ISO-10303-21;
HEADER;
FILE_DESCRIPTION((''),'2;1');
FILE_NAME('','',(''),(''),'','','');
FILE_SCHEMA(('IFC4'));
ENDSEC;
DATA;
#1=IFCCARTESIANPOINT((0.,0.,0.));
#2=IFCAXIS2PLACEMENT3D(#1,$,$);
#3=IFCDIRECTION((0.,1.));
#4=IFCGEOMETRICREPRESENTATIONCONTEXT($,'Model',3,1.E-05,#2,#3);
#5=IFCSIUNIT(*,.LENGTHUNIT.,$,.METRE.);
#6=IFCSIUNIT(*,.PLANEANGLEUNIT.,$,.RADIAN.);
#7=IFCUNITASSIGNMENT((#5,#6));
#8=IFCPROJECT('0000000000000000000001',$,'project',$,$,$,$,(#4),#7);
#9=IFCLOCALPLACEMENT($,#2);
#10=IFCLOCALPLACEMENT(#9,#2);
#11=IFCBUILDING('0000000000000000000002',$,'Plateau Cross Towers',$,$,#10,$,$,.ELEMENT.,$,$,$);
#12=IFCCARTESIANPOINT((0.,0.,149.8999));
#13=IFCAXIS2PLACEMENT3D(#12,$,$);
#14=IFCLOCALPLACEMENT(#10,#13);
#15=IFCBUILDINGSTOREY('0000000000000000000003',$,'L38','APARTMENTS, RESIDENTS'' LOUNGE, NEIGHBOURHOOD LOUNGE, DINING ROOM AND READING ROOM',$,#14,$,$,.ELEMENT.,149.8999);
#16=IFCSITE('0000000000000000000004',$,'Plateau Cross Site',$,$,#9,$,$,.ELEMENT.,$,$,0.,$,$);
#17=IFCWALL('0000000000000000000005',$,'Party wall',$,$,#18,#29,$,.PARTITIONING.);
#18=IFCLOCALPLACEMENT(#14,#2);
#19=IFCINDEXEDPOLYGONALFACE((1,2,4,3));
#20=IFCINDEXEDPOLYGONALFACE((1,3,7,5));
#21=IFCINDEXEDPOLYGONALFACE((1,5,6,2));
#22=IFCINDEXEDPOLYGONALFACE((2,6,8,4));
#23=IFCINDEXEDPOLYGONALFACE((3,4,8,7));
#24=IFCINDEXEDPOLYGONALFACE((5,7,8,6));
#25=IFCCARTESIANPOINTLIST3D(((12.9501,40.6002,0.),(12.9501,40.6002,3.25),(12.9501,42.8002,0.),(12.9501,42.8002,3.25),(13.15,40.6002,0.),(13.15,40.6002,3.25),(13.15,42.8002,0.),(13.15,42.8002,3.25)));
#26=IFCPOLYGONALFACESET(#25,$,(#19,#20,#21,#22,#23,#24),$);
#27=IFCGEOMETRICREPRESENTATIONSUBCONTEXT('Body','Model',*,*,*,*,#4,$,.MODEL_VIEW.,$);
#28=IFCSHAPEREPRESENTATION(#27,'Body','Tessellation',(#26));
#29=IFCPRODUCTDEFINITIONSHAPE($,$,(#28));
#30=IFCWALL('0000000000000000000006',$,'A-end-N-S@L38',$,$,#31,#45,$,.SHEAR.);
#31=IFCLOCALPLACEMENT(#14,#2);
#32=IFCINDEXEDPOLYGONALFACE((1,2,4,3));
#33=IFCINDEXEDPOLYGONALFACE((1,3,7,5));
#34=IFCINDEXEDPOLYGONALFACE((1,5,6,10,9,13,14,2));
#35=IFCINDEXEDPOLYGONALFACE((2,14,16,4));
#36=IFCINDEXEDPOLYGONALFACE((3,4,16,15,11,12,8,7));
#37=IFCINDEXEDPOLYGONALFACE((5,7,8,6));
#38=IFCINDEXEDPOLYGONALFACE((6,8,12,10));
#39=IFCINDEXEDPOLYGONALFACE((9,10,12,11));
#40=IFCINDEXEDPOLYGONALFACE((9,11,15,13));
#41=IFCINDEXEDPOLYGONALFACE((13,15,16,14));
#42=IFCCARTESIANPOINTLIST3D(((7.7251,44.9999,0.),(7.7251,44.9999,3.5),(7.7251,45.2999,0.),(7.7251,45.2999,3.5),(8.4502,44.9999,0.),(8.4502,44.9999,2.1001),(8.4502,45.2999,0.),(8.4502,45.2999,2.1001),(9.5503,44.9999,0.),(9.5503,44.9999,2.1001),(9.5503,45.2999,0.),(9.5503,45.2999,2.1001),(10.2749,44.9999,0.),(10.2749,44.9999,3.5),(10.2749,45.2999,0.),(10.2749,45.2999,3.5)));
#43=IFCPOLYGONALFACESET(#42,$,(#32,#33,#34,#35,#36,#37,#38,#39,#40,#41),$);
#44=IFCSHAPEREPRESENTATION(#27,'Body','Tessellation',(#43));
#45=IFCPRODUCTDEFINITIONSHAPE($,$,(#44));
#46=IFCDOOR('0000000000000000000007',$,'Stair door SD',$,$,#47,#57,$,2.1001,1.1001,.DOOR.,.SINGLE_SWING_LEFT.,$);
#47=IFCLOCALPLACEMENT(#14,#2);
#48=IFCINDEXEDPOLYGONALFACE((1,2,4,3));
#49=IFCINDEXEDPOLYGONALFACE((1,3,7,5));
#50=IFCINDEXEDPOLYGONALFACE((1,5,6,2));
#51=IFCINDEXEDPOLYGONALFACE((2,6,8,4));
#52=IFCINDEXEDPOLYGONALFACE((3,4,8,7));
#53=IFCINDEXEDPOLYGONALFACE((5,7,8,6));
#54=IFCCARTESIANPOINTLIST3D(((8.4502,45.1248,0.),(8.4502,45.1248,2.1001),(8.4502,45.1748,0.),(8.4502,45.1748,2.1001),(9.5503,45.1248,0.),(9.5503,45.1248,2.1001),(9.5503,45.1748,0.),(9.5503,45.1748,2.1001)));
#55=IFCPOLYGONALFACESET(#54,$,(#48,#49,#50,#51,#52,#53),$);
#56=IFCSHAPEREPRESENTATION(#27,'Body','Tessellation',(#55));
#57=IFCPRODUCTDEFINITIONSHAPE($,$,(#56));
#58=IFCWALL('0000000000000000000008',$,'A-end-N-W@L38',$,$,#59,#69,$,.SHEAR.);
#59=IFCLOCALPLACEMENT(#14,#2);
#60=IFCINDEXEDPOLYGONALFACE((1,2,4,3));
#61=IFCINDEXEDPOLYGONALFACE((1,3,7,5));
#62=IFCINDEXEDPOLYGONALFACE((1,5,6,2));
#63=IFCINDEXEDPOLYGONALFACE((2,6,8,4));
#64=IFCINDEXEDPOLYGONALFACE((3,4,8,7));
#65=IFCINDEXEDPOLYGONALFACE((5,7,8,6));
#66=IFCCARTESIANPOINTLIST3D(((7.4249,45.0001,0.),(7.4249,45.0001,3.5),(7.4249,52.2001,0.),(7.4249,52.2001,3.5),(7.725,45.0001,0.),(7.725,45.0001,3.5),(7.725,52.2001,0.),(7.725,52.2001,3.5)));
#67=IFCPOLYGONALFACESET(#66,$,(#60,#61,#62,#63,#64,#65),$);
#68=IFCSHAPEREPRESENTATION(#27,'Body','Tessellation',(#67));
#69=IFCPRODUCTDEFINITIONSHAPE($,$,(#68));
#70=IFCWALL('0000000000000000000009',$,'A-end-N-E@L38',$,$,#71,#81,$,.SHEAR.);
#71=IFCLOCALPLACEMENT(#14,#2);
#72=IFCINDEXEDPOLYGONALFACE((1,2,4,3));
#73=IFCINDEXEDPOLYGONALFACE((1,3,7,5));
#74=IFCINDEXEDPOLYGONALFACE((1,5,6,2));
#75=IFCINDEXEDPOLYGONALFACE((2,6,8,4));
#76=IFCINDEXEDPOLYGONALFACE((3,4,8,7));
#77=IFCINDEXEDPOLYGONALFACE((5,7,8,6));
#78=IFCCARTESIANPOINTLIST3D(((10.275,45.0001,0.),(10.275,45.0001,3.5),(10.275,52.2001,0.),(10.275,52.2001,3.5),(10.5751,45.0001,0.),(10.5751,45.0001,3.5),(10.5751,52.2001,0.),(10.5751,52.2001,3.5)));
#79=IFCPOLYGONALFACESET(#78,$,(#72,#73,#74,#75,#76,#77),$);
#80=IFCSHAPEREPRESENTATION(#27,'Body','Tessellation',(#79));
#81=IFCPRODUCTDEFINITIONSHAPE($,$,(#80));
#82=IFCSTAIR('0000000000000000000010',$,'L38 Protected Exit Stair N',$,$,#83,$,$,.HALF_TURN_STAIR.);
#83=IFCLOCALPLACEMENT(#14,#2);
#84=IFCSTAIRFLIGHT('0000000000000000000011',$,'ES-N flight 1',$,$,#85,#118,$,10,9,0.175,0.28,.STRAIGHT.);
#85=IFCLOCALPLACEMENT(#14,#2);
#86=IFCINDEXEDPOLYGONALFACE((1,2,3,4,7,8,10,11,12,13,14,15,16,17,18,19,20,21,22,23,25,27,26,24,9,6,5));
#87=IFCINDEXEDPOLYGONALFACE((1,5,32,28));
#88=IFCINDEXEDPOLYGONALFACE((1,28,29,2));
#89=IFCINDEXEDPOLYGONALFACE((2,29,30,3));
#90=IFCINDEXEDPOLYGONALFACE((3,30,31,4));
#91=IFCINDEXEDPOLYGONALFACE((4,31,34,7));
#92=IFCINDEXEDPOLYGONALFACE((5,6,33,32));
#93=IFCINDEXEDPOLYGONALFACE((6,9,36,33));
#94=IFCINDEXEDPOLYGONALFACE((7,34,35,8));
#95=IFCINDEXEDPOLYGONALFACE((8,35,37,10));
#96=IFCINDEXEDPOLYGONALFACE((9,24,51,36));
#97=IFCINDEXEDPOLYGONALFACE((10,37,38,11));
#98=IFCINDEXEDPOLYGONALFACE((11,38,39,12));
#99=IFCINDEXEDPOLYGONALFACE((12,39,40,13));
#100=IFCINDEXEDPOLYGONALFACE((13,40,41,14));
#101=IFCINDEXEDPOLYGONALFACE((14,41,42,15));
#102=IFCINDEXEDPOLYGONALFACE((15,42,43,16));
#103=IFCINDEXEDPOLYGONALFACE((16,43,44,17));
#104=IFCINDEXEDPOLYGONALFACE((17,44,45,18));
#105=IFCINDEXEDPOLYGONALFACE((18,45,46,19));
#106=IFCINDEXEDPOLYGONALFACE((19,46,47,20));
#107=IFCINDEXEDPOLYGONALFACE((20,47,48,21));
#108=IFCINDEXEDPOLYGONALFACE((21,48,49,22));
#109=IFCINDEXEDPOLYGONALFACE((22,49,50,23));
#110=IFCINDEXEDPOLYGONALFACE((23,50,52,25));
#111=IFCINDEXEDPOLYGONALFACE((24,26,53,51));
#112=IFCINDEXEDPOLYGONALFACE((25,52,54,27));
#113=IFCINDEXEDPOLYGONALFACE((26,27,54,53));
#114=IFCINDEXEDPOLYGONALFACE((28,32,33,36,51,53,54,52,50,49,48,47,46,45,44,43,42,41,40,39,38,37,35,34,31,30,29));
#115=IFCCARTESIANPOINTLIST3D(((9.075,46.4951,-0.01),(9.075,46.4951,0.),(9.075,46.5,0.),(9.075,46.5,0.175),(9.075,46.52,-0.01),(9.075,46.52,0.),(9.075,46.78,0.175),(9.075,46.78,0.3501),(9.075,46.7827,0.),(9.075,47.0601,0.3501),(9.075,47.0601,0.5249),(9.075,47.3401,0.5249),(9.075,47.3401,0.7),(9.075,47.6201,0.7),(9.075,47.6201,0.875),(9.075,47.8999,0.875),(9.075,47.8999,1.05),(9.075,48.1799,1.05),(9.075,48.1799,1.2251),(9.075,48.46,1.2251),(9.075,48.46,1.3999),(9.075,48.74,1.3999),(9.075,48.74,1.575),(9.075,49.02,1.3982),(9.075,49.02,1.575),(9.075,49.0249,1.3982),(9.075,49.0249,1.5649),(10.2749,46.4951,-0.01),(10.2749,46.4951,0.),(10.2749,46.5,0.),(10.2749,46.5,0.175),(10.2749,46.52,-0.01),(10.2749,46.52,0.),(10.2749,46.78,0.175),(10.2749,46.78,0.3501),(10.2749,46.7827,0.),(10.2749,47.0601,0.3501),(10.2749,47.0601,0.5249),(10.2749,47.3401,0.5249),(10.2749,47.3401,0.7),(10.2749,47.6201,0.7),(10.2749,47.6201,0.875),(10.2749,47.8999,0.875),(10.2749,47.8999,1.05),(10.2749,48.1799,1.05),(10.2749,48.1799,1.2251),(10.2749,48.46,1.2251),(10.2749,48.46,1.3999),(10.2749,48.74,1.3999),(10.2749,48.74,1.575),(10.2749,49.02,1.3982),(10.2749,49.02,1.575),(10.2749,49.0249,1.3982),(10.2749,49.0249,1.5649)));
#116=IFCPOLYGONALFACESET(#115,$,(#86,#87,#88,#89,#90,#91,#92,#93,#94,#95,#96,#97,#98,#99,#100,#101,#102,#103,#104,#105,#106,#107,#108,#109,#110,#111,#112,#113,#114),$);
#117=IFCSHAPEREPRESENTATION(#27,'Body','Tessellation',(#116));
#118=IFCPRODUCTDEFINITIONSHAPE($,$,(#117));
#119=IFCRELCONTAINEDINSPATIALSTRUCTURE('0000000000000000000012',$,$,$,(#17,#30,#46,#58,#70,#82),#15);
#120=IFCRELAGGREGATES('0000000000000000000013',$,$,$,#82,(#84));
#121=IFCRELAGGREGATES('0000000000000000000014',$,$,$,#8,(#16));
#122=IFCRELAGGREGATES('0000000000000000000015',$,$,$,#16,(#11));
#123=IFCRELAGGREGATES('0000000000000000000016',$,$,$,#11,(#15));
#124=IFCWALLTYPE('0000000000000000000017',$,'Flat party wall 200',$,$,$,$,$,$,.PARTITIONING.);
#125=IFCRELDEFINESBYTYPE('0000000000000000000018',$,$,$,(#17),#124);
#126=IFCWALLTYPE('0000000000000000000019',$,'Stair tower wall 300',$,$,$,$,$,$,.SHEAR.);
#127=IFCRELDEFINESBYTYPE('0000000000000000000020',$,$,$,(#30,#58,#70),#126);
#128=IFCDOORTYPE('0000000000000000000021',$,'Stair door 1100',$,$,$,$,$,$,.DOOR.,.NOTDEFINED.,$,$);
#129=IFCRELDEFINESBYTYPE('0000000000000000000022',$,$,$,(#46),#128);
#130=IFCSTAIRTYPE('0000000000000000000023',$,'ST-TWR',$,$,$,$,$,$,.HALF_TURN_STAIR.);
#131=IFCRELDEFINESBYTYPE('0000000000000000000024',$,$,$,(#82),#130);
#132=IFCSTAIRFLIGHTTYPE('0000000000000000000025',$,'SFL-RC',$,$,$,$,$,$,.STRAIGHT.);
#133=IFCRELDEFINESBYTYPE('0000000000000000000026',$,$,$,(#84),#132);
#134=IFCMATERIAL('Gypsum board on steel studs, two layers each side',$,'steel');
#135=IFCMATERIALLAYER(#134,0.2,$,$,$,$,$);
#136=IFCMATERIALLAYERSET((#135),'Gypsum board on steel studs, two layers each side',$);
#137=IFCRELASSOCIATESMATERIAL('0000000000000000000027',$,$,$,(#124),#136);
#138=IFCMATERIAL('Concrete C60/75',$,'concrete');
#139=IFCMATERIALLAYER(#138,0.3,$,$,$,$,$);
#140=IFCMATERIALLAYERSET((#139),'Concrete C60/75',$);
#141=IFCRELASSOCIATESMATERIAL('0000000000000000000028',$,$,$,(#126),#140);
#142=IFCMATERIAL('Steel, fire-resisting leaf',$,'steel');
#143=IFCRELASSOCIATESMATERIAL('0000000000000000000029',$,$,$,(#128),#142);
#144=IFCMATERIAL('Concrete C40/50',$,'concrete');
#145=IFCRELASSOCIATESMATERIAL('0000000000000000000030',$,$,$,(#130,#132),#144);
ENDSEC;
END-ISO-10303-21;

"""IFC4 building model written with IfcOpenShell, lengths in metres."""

from ifc_helpers import new_model, si_unit, direction, frame, frame_2d, origin, place, context, subcontext, project, spatial, polyline, rectangle, outline, extrude, material, layer, layer_set, type_object, element, fill, aggregate, save


model = new_model("IFC4")

# Units and contexts
model_context = context("Model", 3, precision=1e-05, world=origin(), true_north=direction((0.0, 1.0)))
body_context = subcontext(model_context, "Body", "Model", "MODEL_VIEW")
ifc_project = project(units=[si_unit("LENGTHUNIT", "METRE"), si_unit("PLANEANGLEUNIT", "RADIAN")], contexts=[model_context])

# Site, building, storey
site_placement = place(None, origin())
site = spatial("IfcSite", under=ifc_project, at=site_placement, Name="Plateau Cross Site", CompositionType="ELEMENT", RefElevation=0.0)
building_placement = place(site_placement, origin())
building = spatial("IfcBuilding", under=site, at=building_placement, Name="Plateau Cross Towers", CompositionType="ELEMENT")
storey_placement = place(building_placement, frame((0.0, 0.0, 149.8999)))
storey = spatial("IfcBuildingStorey", under=building, at=storey_placement, Name="L38", Description="APARTMENTS, RESIDENTS' LOUNGE, NEIGHBOURHOOD LOUNGE, DINING ROOM AND READING ROOM", CompositionType="ELEMENT", Elevation=149.8999)

# Wall
ifc_material_1 = material(Name="Gypsum board on steel studs, two layers each side", Category="steel")
ifc_layer_1 = layer(ifc_material_1, 0.2)
ifc_layer_set_1 = layer_set([ifc_layer_1], Name="Gypsum board on steel studs, two layers each side")
wall_type_1 = type_object("IfcWallType", Name="Flat party wall 200", PredefinedType="PARTITIONING", material=ifc_layer_set_1)
wall_1_placement = place(storey_placement, frame((13.05, 40.6001, 0.0), z_axis=(0.0, 0.0, 1.0), x_axis=(0.0, 1.0, 0.0)))
element("IfcWall", 1, at=wall_1_placement, inside=storey, type_object=wall_type_1, Name="Party wall", PredefinedType="PARTITIONING", context=body_context, shape_type="SweptSolid", body=[
    extrude(rectangle(XDim=2.2, YDim=0.2, at=frame_2d((1.1001, 0.0))), origin(), (0.0, 0.0, 1.0), 3.25),
])

# Wall, opening, door
ifc_material_2 = material(Name="Concrete C60/75", Category="concrete")
ifc_layer_2 = layer(ifc_material_2, 0.3)
ifc_layer_set_2 = layer_set([ifc_layer_2], Name="Concrete C60/75")
wall_type_2 = type_object("IfcWallType", Name="Stair tower wall 300", PredefinedType="SHEAR", material=ifc_layer_set_2)
wall_2_placement = place(storey_placement, frame((7.7251, 45.1499, 0.0), z_axis=(0.0, 0.0, 1.0), x_axis=(1.0, 0.0, 0.0)))
wall_2 = element("IfcWall", 2, at=wall_2_placement, inside=storey, type_object=wall_type_2, Name="A-end-N-S@L38", PredefinedType="SHEAR", context=body_context, shape_type="SweptSolid", body=[
    extrude(rectangle(XDim=2.5498, YDim=0.3, at=frame_2d((1.2749, 0.0))), origin(), (0.0, 0.0, 1.0), 3.5),
])
opening_1_placement = place(wall_2_placement, frame((0.7251, 0.0, 0.0)))
opening_1 = element("IfcOpeningElement", 3, at=opening_1_placement, cuts=wall_2, PredefinedType="OPENING", context=body_context, shape_type="SweptSolid", body=[
    extrude(rectangle(XDim=1.1001, YDim=2.1001, at=frame_2d((0.55, 1.05))), frame((0.0, 0.1599, 0.0), z_axis=(0.0, -1.0, 0.0), x_axis=(1.0, 0.0, 0.0)), (0.0, 0.0, 1.0), 0.3201),
])
ifc_material_3 = material(Name="Steel, fire-resisting leaf", Category="steel")
door_type_1 = type_object("IfcDoorType", Name="Stair door 1100", OperationType="NOTDEFINED", PredefinedType="DOOR", material=ifc_material_3)
door_1_placement = place(opening_1_placement, origin())
door_1 = element("IfcDoor", 4, at=door_1_placement, inside=storey, type_object=door_type_1, Name="Stair door SD", OperationType="SINGLE_SWING_LEFT", OverallHeight=2.1001, OverallWidth=1.1001, PredefinedType="DOOR", context=body_context, shape_type="SweptSolid", body=[
    extrude(rectangle(XDim=1.1001, YDim=2.1001, at=frame_2d((0.55, 1.05))), frame((0.0, 0.0249, 0.0), z_axis=(0.0, -1.0, 0.0), x_axis=(1.0, 0.0, 0.0)), (0.0, 0.0, 1.0), 0.05),
])
fill(opening_1, door_1)

# Walls
for number, where, z_axis, x_axis, name in (
    (5, (7.575, 45.0, 0.0), (0.0, 0.0, 1.0), (0.0, 1.0, 0.0), "A-end-N-W@L38"),
    (6, (10.425, 45.0, 0.0), (0.0, 0.0, 1.0), (0.0, 1.0, 0.0), "A-end-N-E@L38"),
):
    element("IfcWall", number, at=place(storey_placement, frame(where, z_axis=z_axis, x_axis=x_axis)), inside=storey, type_object=wall_type_2, Name=name, PredefinedType="SHEAR", context=body_context, shape_type="SweptSolid", body=[
        extrude(rectangle(XDim=7.2, YDim=0.3, at=frame_2d((3.6001, 0.0))), origin(), (0.0, 0.0, 1.0), 3.5),
    ])

# Stair, stair flight
ifc_material_4 = material(Name="Concrete C40/50", Category="concrete")
stair_type = type_object("IfcStairType", Name="ST-TWR", PredefinedType="HALF_TURN_STAIR", material=ifc_material_4)
stair_placement = place(storey_placement, origin())
stair = element("IfcStair", 7, at=stair_placement, inside=storey, type_object=stair_type, Name="L38 Protected Exit Stair N", PredefinedType="HALF_TURN_STAIR")
stair_flight_type = type_object("IfcStairFlightType", Name="SFL-RC", PredefinedType="STRAIGHT", material=ifc_material_4)
stair_flight_placement = place(storey_placement, frame((9.675, 46.5, 0.0), z_axis=(0.0, 0.0, 1.0), x_axis=(0.0, 1.0, 0.0)))
stair_flight = element("IfcStairFlight", 8, at=stair_flight_placement, type_object=stair_flight_type, Name="ES-N flight 1", NumberOfRisers=10, NumberOfTreads=9, PredefinedType="STRAIGHT", RiserHeight=0.175, TreadLength=0.28, context=body_context, shape_type="SweptSolid", body=[
    extrude(outline(polyline([(-0.0049, -0.01), (-0.0049, 0.0), (0.0, 0.0), (0.0, 0.175), (0.28, 0.175), (0.28, 0.3501), (0.5601, 0.3501), (0.5601, 0.5249), (0.8401, 0.5249), (0.8401, 0.7), (1.1201, 0.7), (1.1201, 0.875), (1.3999, 0.875), (1.3999, 1.05), (1.6799, 1.05), (1.6799, 1.2251), (1.96, 1.2251), (1.96, 1.3999), (2.24, 1.3999), (2.24, 1.575), (2.52, 1.575), (2.5249, 1.5649), (2.5249, 1.3982), (2.52, 1.3982), (0.2827, 0.0), (0.02, 0.0), (0.02, -0.01), (-0.0049, -0.01)])), frame((0.0, 0.6001, 0.0), z_axis=(0.0, -1.0, 0.0), x_axis=(1.0, 0.0, 0.0)), (0.0, 0.0, 1.0), 1.2),
])
aggregate(stair, [stair_flight])

save(model, "model.ifc")
